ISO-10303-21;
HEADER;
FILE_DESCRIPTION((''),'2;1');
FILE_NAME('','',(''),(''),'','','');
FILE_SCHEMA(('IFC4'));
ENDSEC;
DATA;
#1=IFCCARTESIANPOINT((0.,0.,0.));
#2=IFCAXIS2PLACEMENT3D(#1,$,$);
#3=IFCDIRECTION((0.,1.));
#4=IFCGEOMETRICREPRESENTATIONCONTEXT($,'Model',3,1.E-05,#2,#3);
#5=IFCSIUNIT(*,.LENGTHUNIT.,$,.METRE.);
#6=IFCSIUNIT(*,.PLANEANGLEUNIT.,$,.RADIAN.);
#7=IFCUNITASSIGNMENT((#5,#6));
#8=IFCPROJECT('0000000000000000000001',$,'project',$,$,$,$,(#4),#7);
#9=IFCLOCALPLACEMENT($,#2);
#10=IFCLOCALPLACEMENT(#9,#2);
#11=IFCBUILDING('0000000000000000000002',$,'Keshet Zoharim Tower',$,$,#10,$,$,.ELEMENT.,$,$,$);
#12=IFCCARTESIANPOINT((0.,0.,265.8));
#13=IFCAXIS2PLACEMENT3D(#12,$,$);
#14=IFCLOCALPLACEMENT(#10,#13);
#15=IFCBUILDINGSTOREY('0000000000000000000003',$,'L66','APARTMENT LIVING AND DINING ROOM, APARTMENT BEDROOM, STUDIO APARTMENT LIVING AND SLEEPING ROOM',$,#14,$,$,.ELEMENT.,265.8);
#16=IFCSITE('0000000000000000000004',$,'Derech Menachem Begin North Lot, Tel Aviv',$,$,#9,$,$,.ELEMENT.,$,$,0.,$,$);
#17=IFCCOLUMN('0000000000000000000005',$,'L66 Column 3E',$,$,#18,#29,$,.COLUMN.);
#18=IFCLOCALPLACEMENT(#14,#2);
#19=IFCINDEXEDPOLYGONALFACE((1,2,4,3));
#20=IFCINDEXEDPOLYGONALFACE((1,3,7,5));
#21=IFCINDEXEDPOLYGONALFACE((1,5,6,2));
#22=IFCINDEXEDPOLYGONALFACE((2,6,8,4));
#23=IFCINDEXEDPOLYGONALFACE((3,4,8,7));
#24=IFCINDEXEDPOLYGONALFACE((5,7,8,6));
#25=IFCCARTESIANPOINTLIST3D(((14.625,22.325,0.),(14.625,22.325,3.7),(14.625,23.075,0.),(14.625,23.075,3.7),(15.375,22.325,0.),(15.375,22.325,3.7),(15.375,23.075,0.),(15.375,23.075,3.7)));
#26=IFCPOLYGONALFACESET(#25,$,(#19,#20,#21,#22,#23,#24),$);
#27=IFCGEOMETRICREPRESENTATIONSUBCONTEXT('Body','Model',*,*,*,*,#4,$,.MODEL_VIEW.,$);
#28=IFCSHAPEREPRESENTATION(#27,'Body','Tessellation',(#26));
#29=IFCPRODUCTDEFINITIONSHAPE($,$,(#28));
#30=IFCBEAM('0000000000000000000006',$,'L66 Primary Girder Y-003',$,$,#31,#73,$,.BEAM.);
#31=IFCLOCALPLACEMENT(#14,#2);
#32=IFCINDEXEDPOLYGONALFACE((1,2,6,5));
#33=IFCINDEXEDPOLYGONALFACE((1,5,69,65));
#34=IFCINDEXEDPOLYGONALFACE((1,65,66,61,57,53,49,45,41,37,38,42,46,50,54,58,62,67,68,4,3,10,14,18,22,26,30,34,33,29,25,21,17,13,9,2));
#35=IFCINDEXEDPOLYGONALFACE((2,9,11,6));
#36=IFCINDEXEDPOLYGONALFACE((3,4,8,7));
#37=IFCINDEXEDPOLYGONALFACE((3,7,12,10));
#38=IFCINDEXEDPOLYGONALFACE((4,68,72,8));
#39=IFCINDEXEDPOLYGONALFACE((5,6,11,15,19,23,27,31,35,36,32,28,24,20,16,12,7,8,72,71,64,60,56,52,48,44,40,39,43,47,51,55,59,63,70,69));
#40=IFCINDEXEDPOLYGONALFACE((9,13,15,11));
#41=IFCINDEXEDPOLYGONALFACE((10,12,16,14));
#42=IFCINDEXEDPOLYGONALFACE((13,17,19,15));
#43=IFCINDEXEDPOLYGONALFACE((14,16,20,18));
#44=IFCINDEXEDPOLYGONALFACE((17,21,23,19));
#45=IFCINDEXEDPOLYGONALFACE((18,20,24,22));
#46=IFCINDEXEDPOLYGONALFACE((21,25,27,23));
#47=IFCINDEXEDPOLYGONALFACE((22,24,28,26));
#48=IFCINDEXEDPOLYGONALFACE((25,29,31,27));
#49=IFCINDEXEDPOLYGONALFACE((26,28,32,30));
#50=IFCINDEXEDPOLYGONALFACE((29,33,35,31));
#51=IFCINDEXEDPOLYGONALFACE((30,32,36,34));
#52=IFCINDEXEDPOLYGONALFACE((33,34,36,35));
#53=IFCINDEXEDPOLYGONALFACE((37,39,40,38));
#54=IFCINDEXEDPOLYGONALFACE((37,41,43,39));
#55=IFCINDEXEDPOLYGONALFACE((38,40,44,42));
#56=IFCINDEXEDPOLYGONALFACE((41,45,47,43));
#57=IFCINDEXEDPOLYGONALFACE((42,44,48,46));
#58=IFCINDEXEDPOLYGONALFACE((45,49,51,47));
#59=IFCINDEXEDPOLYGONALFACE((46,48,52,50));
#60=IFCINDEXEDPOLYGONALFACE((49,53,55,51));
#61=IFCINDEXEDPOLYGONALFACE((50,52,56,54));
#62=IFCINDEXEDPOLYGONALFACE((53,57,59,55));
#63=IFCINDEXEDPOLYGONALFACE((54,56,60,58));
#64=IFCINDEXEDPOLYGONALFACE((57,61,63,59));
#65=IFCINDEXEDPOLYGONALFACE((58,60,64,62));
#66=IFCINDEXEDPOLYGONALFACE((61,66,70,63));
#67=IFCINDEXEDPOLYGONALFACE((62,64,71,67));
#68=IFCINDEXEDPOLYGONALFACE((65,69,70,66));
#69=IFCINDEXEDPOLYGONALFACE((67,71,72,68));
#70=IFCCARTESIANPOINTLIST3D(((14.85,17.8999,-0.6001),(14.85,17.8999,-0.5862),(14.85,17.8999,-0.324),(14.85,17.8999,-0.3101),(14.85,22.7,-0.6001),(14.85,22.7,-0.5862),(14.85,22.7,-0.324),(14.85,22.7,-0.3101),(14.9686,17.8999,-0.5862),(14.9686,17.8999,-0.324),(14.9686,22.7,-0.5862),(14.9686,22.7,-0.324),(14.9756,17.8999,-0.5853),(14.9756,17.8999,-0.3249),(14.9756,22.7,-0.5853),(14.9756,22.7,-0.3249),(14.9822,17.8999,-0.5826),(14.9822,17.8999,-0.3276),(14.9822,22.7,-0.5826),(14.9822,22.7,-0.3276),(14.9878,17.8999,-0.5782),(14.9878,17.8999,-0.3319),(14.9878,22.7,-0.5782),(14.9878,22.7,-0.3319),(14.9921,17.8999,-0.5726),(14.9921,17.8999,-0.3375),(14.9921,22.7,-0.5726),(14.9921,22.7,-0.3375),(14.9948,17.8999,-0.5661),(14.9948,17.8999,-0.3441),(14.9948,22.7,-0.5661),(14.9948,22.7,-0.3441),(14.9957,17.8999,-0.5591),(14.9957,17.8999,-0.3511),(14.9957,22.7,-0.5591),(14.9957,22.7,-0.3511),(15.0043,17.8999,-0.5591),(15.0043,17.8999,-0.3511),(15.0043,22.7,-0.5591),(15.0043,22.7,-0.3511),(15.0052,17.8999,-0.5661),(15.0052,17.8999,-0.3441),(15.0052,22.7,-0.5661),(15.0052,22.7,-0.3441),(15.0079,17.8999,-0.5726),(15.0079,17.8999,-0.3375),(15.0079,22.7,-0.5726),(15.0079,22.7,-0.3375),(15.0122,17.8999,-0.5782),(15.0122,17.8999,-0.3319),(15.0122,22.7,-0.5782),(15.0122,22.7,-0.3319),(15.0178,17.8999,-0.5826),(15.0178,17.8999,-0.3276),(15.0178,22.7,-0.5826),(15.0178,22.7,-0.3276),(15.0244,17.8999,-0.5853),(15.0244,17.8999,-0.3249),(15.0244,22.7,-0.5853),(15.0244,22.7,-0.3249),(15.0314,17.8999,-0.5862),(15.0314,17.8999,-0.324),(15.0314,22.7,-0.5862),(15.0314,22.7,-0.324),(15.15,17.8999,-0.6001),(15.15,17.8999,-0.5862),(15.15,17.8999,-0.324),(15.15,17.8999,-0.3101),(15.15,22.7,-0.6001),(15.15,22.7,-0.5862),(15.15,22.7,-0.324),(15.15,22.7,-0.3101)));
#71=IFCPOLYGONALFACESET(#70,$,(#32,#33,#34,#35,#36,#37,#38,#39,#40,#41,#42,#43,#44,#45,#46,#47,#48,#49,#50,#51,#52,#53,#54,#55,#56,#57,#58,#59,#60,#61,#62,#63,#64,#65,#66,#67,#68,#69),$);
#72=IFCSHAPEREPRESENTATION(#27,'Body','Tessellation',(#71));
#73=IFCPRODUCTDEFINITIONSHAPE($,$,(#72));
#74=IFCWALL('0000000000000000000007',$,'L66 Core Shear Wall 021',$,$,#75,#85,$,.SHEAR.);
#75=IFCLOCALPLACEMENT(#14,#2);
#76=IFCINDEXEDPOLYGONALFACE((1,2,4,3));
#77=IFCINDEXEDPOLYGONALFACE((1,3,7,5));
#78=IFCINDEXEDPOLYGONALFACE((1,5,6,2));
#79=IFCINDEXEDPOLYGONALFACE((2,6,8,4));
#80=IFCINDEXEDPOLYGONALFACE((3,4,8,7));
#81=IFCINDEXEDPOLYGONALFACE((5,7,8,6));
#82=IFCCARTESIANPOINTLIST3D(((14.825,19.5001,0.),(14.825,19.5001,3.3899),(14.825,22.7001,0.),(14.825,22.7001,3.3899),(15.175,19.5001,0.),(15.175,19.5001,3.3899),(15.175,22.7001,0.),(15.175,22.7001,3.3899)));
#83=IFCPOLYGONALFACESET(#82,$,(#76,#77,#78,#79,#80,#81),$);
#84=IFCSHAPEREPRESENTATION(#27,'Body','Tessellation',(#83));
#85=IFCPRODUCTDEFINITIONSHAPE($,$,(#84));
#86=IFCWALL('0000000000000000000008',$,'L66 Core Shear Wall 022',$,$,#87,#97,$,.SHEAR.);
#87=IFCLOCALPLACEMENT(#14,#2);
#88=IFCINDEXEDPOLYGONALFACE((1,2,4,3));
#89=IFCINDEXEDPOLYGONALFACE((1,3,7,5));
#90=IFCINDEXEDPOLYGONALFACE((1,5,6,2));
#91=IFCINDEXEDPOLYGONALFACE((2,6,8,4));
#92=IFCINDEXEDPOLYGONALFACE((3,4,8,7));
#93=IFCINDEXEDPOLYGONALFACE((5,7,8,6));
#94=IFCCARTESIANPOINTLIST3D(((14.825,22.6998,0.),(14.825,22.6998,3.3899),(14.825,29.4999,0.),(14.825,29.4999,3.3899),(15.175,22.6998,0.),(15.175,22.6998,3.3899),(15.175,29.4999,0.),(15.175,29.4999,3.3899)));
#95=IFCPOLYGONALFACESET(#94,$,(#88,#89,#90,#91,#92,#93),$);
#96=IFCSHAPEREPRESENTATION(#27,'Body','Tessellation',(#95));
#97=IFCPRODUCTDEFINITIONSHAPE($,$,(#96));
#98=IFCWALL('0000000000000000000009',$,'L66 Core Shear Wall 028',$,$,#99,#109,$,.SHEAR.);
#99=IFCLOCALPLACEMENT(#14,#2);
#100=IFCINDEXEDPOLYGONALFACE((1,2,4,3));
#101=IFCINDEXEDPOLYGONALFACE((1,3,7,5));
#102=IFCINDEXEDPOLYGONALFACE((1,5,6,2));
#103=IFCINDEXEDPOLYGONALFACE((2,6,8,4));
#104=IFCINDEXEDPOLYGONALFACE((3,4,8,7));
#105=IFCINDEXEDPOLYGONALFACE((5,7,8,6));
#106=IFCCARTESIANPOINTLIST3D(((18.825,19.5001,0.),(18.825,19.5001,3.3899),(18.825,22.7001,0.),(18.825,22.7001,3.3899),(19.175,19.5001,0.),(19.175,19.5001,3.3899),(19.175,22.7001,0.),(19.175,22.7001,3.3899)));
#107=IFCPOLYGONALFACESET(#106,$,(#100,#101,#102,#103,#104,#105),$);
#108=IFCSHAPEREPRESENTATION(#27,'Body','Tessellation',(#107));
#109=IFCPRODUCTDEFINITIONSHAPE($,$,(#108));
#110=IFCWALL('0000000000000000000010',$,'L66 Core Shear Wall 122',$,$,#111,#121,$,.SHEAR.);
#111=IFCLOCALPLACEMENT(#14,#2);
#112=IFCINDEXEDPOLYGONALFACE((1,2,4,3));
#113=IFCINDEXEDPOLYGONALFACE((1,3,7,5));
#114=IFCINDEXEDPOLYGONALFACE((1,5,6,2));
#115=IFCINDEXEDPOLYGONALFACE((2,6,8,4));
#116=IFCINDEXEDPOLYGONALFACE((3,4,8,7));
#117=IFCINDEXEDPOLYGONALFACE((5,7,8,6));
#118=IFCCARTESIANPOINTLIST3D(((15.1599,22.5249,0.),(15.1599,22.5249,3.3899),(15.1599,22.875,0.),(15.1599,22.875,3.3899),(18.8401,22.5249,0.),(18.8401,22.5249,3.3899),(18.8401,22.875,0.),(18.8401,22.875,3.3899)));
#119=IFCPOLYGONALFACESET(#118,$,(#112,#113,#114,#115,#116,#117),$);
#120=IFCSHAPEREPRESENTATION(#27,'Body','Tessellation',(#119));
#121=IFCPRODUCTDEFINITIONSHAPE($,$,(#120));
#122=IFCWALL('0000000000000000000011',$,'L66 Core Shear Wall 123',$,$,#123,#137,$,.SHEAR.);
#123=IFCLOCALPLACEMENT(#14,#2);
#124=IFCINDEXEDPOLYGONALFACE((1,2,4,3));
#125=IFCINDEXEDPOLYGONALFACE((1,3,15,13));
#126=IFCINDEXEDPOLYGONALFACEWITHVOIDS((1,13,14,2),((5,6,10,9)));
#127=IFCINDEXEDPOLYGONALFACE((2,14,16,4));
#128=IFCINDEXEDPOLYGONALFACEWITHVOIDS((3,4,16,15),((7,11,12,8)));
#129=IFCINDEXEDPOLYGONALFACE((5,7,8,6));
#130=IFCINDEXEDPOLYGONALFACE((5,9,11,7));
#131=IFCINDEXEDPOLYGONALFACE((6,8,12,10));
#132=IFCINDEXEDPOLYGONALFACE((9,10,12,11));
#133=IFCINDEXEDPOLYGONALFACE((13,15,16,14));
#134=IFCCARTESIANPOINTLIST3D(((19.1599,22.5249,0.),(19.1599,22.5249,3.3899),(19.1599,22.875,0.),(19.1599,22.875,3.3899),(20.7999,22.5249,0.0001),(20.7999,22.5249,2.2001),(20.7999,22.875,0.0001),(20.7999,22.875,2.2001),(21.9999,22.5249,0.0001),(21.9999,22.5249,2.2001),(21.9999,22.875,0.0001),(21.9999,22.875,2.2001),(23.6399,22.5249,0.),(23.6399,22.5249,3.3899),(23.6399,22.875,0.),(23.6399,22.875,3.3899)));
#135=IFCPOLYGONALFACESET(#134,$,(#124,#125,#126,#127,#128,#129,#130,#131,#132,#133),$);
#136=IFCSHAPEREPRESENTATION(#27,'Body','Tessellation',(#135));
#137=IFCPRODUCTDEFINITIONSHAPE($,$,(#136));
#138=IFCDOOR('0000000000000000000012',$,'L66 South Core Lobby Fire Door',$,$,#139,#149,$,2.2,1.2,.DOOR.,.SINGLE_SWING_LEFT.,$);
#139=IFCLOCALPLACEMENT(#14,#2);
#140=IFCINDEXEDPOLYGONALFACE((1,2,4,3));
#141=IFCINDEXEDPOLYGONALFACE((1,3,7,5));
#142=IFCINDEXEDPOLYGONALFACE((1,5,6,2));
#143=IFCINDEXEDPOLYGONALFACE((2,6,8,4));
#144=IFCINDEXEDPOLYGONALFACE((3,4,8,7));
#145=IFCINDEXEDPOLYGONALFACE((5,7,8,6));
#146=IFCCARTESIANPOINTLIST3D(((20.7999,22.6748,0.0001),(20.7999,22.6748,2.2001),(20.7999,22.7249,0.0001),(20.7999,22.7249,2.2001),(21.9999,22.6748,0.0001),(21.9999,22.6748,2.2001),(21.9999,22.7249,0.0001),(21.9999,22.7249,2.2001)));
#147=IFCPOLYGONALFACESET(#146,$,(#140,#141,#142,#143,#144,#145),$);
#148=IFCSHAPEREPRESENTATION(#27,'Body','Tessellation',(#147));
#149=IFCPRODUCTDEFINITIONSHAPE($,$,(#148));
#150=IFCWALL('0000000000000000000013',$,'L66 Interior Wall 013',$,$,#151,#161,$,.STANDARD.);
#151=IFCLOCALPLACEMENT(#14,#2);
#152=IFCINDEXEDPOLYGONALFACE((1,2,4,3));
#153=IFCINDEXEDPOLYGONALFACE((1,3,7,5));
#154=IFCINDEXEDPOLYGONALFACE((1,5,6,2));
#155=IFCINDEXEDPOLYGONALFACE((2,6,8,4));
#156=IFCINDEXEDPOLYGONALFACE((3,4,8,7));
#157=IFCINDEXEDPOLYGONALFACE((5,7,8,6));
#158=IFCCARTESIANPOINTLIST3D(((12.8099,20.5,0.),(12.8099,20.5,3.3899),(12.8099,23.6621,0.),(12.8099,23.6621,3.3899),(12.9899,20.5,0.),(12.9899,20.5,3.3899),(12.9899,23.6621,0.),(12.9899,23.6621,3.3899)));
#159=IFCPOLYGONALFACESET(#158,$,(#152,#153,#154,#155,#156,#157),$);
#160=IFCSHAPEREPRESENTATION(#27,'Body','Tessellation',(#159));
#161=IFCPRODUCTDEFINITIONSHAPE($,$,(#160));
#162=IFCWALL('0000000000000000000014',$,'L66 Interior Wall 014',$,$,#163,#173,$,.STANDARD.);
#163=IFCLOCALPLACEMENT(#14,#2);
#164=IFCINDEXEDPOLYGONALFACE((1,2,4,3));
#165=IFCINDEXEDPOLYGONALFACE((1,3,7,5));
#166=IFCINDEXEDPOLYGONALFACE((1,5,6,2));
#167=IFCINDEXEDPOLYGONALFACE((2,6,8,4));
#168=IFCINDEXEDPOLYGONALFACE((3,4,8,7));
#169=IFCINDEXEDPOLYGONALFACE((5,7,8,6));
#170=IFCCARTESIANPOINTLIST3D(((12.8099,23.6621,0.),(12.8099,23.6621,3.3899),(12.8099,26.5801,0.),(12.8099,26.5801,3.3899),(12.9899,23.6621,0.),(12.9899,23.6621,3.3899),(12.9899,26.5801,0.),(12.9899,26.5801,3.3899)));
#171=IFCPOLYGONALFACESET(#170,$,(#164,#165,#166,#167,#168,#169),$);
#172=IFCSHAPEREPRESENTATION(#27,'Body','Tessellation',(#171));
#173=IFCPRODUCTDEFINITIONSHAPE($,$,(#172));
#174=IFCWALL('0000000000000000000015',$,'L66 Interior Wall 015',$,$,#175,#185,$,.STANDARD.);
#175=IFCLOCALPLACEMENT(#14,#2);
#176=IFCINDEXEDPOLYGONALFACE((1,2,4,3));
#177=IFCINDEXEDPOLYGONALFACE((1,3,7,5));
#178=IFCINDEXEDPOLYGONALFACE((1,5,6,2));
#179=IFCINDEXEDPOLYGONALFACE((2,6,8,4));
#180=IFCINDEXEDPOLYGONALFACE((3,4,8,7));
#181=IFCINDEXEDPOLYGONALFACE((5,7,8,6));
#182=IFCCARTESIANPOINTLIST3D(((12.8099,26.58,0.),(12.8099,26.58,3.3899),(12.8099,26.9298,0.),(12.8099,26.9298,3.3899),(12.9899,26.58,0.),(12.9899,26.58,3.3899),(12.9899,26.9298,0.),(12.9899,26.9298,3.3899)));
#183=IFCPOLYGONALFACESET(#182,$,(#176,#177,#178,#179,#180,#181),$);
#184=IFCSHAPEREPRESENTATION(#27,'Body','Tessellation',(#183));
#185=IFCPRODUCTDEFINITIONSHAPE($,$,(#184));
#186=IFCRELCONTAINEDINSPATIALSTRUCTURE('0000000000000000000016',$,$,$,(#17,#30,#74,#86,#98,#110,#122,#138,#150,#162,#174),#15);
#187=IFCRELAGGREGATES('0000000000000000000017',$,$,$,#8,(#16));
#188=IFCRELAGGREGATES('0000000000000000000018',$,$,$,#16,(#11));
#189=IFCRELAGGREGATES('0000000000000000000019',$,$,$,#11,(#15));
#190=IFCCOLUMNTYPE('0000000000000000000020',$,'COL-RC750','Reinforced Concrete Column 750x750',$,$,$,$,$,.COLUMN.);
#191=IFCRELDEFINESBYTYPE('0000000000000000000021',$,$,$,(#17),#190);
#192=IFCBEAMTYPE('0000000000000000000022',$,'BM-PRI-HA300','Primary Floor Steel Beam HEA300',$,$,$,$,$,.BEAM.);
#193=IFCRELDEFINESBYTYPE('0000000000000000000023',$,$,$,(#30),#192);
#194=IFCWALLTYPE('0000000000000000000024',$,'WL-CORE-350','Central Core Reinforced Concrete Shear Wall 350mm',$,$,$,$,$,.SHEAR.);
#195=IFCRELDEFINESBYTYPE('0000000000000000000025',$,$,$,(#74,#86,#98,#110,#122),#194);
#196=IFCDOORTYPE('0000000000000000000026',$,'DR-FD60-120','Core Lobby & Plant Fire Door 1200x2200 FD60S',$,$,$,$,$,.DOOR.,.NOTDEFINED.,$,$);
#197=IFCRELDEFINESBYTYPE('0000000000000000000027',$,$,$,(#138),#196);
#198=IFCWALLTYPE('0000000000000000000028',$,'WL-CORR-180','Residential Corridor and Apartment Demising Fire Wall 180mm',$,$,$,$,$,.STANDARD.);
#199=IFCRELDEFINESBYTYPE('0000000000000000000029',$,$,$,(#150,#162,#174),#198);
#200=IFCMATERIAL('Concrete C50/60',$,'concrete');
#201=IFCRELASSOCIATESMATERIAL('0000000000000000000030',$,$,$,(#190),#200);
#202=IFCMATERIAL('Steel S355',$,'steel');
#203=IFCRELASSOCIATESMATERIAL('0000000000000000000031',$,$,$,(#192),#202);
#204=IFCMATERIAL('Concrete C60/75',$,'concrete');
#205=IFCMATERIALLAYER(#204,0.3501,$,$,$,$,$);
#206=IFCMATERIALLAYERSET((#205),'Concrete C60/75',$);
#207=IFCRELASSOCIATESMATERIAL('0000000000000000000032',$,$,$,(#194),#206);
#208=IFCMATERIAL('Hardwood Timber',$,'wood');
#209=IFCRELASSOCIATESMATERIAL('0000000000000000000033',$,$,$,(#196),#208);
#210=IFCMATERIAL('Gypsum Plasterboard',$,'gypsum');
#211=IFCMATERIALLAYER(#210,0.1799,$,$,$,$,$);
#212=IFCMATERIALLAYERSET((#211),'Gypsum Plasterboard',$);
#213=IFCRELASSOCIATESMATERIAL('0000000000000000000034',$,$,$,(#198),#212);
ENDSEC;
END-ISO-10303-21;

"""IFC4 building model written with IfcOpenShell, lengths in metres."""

from ifc_helpers import new_model, si_unit, direction, frame, frame_2d, origin, origin_2d, place, context, subcontext, project, spatial, rectangle, i_section, extrude, material, layer, layer_set, material_profile, profile_set, type_object, element, fill, save


model = new_model("IFC4")

# Units and contexts
model_context = context("Model", 3, precision=1e-05, world=origin(), true_north=direction((0.0, 1.0)))
body_context = subcontext(model_context, "Body", "Model", "MODEL_VIEW")
ifc_project = project(units=[si_unit("LENGTHUNIT", "METRE"), si_unit("PLANEANGLEUNIT", "RADIAN")], contexts=[model_context])

# Site, building, storey
site_placement = place(None, origin())
site = spatial("IfcSite", under=ifc_project, at=site_placement, Name="Derech Menachem Begin North Lot, Tel Aviv", CompositionType="ELEMENT", RefElevation=0.0)
building_placement = place(site_placement, origin())
building = spatial("IfcBuilding", under=site, at=building_placement, Name="Keshet Zoharim Tower", CompositionType="ELEMENT")
storey_placement = place(building_placement, frame((0.0, 0.0, 265.8)))
storey = spatial("IfcBuildingStorey", under=building, at=storey_placement, Name="L66", Description="APARTMENT LIVING AND DINING ROOM, APARTMENT BEDROOM, STUDIO APARTMENT LIVING AND SLEEPING ROOM", CompositionType="ELEMENT", Elevation=265.8)

# Column
ifc_material_1 = material(Name="Concrete C50/60", Category="concrete")
ifc_material_profile_1 = material_profile(ifc_material_1, rectangle(XDim=0.75, YDim=0.75, at=origin_2d()), Name="RC750x750")
ifc_profile_set_1 = profile_set([ifc_material_profile_1], Name="Concrete C50/60")
column_type = type_object("IfcColumnType", Name="COL-RC750", Description="Reinforced Concrete Column 750x750", PredefinedType="COLUMN", material=ifc_profile_set_1)
column_placement = place(storey_placement, frame((15.0, 22.7, 0.0), z_axis=(0.0, 0.0, 1.0), x_axis=(1.0, 0.0, 0.0)))
element("IfcColumn", 1, at=column_placement, inside=storey, type_object=column_type, Name="L66 Column 3E", PredefinedType="COLUMN", context=body_context, shape_type="SweptSolid", body=[
    extrude(rectangle(XDim=0.75, YDim=0.75, at=origin_2d()), origin(), (0.0, 0.0, 1.0), 3.7),
])

# Beam
ifc_material_2 = material(Name="Steel S355", Category="steel")
ifc_material_profile_2 = material_profile(ifc_material_2, i_section(OverallWidth=0.3, OverallDepth=0.29, WebThickness=0.0085, FlangeThickness=0.0139, FilletRadius=0.0271, at=origin_2d()), Name="HEA300")
ifc_profile_set_2 = profile_set([ifc_material_profile_2], Name="Steel S355")
beam_type = type_object("IfcBeamType", Name="BM-PRI-HA300", Description="Primary Floor Steel Beam HEA300", PredefinedType="BEAM", material=ifc_profile_set_2)
beam_placement = place(storey_placement, frame((15.0, 17.8999, -0.4551), z_axis=(0.0, 1.0, 0.0), x_axis=(-1.0, 0.0, 0.0)))
element("IfcBeam", 2, at=beam_placement, inside=storey, type_object=beam_type, Name="L66 Primary Girder Y-003", PredefinedType="BEAM", context=body_context, shape_type="SweptSolid", body=[
    extrude(i_section(OverallWidth=0.3, OverallDepth=0.29, WebThickness=0.0085, FlangeThickness=0.0139, FilletRadius=0.0271, at=origin_2d()), origin(), (0.0, 0.0, 1.0), 4.8),
])

# Walls
ifc_material_3 = material(Name="Concrete C60/75", Category="concrete")
ifc_layer_1 = layer(ifc_material_3, 0.3501)
ifc_layer_set_1 = layer_set([ifc_layer_1], Name="Concrete C60/75")
wall_type_1 = type_object("IfcWallType", Name="WL-CORE-350", Description="Central Core Reinforced Concrete Shear Wall 350mm", PredefinedType="SHEAR", material=ifc_layer_set_1)
wall_1_placement = place(storey_placement, frame((15.0, 19.5, 0.0), z_axis=(0.0, 0.0, 1.0), x_axis=(0.0, 1.0, 0.0)))
element("IfcWall", 3, at=wall_1_placement, inside=storey, type_object=wall_type_1, Name="L66 Core Shear Wall 021", PredefinedType="SHEAR", context=body_context, shape_type="SweptSolid", body=[
    extrude(rectangle(XDim=3.2, YDim=0.3501, at=frame_2d((1.6001, 0.0))), origin(), (0.0, 0.0, 1.0), 3.3899),
])
wall_2_placement = place(storey_placement, frame((15.0, 22.7, 0.0), z_axis=(0.0, 0.0, 1.0), x_axis=(0.0, 1.0, 0.0)))
element("IfcWall", 4, at=wall_2_placement, inside=storey, type_object=wall_type_1, Name="L66 Core Shear Wall 022", PredefinedType="SHEAR", context=body_context, shape_type="SweptSolid", body=[
    extrude(rectangle(XDim=6.8, YDim=0.3501, at=frame_2d((3.3999, 0.0))), origin(), (0.0, 0.0, 1.0), 3.3899),
])
wall_3_placement = place(storey_placement, frame((19.0, 19.5, 0.0), z_axis=(0.0, 0.0, 1.0), x_axis=(0.0, 1.0, 0.0)))
element("IfcWall", 5, at=wall_3_placement, inside=storey, type_object=wall_type_1, Name="L66 Core Shear Wall 028", PredefinedType="SHEAR", context=body_context, shape_type="SweptSolid", body=[
    extrude(rectangle(XDim=3.2, YDim=0.3501, at=frame_2d((1.6001, 0.0))), origin(), (0.0, 0.0, 1.0), 3.3899),
])

# Shared definitions
ifc_material_4 = material(Name="Hardwood Timber", Category="wood")

# Wall
wall_4_placement = place(storey_placement, frame((15.1599, 22.7, 0.0), z_axis=(0.0, 0.0, 1.0), x_axis=(1.0, 0.0, 0.0)))
element("IfcWall", 6, at=wall_4_placement, inside=storey, type_object=wall_type_1, Name="L66 Core Shear Wall 122", PredefinedType="SHEAR", context=body_context, shape_type="SweptSolid", body=[
    extrude(rectangle(XDim=3.6802, YDim=0.3501, at=frame_2d((1.8401, 0.0))), origin(), (0.0, 0.0, 1.0), 3.3899),
])

# Wall, opening, door
wall_5_placement = place(storey_placement, frame((19.1599, 22.7, 0.0), z_axis=(0.0, 0.0, 1.0), x_axis=(1.0, 0.0, 0.0)))
wall_5 = element("IfcWall", 7, at=wall_5_placement, inside=storey, type_object=wall_type_1, Name="L66 Core Shear Wall 123", PredefinedType="SHEAR", context=body_context, shape_type="SweptSolid", body=[
    extrude(rectangle(XDim=4.48, YDim=0.3501, at=frame_2d((2.24, 0.0))), origin(), (0.0, 0.0, 1.0), 3.3899),
])
opening_1_placement = place(wall_5_placement, frame((1.6399, 0.0, 0.0)))
opening_1 = element("IfcOpeningElement", 8, at=opening_1_placement, cuts=wall_5, PredefinedType="OPENING", context=body_context, shape_type="SweptSolid", body=[
    extrude(rectangle(XDim=1.2, YDim=2.2, at=frame_2d((0.6001, 1.1001))), frame((0.0, 0.1851, 0.0), z_axis=(0.0, -1.0, 0.0), x_axis=(1.0, 0.0, 0.0)), (0.0, 0.0, 1.0), 0.3701),
])
door_type_1 = type_object("IfcDoorType", Name="DR-FD60-120", Description="Core Lobby & Plant Fire Door 1200x2200 FD60S", OperationType="NOTDEFINED", PredefinedType="DOOR", material=ifc_material_4)
door_1_placement = place(opening_1_placement, origin())
door_1 = element("IfcDoor", 9, at=door_1_placement, inside=storey, type_object=door_type_1, Name="L66 South Core Lobby Fire Door", OperationType="SINGLE_SWING_LEFT", OverallHeight=2.2, OverallWidth=1.2, PredefinedType="DOOR", context=body_context, shape_type="SweptSolid", body=[
    extrude(rectangle(XDim=1.2, YDim=2.2, at=frame_2d((0.6001, 1.1001))), frame((0.0, 0.0249, 0.0), z_axis=(0.0, -1.0, 0.0), x_axis=(1.0, 0.0, 0.0)), (0.0, 0.0, 1.0), 0.05),
])
fill(opening_1, door_1)

# Walls
ifc_material_5 = material(Name="Gypsum Plasterboard", Category="gypsum")
ifc_layer_2 = layer(ifc_material_5, 0.1799)
ifc_layer_set_2 = layer_set([ifc_layer_2], Name="Gypsum Plasterboard")
wall_type_2 = type_object("IfcWallType", Name="WL-CORR-180", Description="Residential Corridor and Apartment Demising Fire Wall 180mm", PredefinedType="STANDARD", material=ifc_layer_set_2)
wall_6_placement = place(storey_placement, frame((12.8999, 20.5, 0.0), z_axis=(0.0, 0.0, 1.0), x_axis=(0.0, 1.0, 0.0)))
element("IfcWall", 10, at=wall_6_placement, inside=storey, type_object=wall_type_2, Name="L66 Interior Wall 013", PredefinedType="STANDARD", context=body_context, shape_type="SweptSolid", body=[
    extrude(rectangle(XDim=3.1621, YDim=0.1799, at=frame_2d((1.5811, 0.0))), origin(), (0.0, 0.0, 1.0), 3.3899),
])
wall_7_placement = place(storey_placement, frame((12.8999, 23.6621, 0.0), z_axis=(0.0, 0.0, 1.0), x_axis=(0.0, 1.0, 0.0)))
element("IfcWall", 11, at=wall_7_placement, inside=storey, type_object=wall_type_2, Name="L66 Interior Wall 014", PredefinedType="STANDARD", context=body_context, shape_type="SweptSolid", body=[
    extrude(rectangle(XDim=2.918, YDim=0.1799, at=frame_2d((1.459, 0.0))), origin(), (0.0, 0.0, 1.0), 3.3899),
])
wall_8_placement = place(storey_placement, frame((12.8999, 26.5801, 0.0), z_axis=(0.0, 0.0, 1.0), x_axis=(0.0, 1.0, 0.0)))
element("IfcWall", 12, at=wall_8_placement, inside=storey, type_object=wall_type_2, Name="L66 Interior Wall 015", PredefinedType="STANDARD", context=body_context, shape_type="SweptSolid", body=[
    extrude(rectangle(XDim=0.3499, YDim=0.1799, at=frame_2d((0.1748, 0.0))), origin(), (0.0, 0.0, 1.0), 3.3899),
])

save(model, "model.ifc")
